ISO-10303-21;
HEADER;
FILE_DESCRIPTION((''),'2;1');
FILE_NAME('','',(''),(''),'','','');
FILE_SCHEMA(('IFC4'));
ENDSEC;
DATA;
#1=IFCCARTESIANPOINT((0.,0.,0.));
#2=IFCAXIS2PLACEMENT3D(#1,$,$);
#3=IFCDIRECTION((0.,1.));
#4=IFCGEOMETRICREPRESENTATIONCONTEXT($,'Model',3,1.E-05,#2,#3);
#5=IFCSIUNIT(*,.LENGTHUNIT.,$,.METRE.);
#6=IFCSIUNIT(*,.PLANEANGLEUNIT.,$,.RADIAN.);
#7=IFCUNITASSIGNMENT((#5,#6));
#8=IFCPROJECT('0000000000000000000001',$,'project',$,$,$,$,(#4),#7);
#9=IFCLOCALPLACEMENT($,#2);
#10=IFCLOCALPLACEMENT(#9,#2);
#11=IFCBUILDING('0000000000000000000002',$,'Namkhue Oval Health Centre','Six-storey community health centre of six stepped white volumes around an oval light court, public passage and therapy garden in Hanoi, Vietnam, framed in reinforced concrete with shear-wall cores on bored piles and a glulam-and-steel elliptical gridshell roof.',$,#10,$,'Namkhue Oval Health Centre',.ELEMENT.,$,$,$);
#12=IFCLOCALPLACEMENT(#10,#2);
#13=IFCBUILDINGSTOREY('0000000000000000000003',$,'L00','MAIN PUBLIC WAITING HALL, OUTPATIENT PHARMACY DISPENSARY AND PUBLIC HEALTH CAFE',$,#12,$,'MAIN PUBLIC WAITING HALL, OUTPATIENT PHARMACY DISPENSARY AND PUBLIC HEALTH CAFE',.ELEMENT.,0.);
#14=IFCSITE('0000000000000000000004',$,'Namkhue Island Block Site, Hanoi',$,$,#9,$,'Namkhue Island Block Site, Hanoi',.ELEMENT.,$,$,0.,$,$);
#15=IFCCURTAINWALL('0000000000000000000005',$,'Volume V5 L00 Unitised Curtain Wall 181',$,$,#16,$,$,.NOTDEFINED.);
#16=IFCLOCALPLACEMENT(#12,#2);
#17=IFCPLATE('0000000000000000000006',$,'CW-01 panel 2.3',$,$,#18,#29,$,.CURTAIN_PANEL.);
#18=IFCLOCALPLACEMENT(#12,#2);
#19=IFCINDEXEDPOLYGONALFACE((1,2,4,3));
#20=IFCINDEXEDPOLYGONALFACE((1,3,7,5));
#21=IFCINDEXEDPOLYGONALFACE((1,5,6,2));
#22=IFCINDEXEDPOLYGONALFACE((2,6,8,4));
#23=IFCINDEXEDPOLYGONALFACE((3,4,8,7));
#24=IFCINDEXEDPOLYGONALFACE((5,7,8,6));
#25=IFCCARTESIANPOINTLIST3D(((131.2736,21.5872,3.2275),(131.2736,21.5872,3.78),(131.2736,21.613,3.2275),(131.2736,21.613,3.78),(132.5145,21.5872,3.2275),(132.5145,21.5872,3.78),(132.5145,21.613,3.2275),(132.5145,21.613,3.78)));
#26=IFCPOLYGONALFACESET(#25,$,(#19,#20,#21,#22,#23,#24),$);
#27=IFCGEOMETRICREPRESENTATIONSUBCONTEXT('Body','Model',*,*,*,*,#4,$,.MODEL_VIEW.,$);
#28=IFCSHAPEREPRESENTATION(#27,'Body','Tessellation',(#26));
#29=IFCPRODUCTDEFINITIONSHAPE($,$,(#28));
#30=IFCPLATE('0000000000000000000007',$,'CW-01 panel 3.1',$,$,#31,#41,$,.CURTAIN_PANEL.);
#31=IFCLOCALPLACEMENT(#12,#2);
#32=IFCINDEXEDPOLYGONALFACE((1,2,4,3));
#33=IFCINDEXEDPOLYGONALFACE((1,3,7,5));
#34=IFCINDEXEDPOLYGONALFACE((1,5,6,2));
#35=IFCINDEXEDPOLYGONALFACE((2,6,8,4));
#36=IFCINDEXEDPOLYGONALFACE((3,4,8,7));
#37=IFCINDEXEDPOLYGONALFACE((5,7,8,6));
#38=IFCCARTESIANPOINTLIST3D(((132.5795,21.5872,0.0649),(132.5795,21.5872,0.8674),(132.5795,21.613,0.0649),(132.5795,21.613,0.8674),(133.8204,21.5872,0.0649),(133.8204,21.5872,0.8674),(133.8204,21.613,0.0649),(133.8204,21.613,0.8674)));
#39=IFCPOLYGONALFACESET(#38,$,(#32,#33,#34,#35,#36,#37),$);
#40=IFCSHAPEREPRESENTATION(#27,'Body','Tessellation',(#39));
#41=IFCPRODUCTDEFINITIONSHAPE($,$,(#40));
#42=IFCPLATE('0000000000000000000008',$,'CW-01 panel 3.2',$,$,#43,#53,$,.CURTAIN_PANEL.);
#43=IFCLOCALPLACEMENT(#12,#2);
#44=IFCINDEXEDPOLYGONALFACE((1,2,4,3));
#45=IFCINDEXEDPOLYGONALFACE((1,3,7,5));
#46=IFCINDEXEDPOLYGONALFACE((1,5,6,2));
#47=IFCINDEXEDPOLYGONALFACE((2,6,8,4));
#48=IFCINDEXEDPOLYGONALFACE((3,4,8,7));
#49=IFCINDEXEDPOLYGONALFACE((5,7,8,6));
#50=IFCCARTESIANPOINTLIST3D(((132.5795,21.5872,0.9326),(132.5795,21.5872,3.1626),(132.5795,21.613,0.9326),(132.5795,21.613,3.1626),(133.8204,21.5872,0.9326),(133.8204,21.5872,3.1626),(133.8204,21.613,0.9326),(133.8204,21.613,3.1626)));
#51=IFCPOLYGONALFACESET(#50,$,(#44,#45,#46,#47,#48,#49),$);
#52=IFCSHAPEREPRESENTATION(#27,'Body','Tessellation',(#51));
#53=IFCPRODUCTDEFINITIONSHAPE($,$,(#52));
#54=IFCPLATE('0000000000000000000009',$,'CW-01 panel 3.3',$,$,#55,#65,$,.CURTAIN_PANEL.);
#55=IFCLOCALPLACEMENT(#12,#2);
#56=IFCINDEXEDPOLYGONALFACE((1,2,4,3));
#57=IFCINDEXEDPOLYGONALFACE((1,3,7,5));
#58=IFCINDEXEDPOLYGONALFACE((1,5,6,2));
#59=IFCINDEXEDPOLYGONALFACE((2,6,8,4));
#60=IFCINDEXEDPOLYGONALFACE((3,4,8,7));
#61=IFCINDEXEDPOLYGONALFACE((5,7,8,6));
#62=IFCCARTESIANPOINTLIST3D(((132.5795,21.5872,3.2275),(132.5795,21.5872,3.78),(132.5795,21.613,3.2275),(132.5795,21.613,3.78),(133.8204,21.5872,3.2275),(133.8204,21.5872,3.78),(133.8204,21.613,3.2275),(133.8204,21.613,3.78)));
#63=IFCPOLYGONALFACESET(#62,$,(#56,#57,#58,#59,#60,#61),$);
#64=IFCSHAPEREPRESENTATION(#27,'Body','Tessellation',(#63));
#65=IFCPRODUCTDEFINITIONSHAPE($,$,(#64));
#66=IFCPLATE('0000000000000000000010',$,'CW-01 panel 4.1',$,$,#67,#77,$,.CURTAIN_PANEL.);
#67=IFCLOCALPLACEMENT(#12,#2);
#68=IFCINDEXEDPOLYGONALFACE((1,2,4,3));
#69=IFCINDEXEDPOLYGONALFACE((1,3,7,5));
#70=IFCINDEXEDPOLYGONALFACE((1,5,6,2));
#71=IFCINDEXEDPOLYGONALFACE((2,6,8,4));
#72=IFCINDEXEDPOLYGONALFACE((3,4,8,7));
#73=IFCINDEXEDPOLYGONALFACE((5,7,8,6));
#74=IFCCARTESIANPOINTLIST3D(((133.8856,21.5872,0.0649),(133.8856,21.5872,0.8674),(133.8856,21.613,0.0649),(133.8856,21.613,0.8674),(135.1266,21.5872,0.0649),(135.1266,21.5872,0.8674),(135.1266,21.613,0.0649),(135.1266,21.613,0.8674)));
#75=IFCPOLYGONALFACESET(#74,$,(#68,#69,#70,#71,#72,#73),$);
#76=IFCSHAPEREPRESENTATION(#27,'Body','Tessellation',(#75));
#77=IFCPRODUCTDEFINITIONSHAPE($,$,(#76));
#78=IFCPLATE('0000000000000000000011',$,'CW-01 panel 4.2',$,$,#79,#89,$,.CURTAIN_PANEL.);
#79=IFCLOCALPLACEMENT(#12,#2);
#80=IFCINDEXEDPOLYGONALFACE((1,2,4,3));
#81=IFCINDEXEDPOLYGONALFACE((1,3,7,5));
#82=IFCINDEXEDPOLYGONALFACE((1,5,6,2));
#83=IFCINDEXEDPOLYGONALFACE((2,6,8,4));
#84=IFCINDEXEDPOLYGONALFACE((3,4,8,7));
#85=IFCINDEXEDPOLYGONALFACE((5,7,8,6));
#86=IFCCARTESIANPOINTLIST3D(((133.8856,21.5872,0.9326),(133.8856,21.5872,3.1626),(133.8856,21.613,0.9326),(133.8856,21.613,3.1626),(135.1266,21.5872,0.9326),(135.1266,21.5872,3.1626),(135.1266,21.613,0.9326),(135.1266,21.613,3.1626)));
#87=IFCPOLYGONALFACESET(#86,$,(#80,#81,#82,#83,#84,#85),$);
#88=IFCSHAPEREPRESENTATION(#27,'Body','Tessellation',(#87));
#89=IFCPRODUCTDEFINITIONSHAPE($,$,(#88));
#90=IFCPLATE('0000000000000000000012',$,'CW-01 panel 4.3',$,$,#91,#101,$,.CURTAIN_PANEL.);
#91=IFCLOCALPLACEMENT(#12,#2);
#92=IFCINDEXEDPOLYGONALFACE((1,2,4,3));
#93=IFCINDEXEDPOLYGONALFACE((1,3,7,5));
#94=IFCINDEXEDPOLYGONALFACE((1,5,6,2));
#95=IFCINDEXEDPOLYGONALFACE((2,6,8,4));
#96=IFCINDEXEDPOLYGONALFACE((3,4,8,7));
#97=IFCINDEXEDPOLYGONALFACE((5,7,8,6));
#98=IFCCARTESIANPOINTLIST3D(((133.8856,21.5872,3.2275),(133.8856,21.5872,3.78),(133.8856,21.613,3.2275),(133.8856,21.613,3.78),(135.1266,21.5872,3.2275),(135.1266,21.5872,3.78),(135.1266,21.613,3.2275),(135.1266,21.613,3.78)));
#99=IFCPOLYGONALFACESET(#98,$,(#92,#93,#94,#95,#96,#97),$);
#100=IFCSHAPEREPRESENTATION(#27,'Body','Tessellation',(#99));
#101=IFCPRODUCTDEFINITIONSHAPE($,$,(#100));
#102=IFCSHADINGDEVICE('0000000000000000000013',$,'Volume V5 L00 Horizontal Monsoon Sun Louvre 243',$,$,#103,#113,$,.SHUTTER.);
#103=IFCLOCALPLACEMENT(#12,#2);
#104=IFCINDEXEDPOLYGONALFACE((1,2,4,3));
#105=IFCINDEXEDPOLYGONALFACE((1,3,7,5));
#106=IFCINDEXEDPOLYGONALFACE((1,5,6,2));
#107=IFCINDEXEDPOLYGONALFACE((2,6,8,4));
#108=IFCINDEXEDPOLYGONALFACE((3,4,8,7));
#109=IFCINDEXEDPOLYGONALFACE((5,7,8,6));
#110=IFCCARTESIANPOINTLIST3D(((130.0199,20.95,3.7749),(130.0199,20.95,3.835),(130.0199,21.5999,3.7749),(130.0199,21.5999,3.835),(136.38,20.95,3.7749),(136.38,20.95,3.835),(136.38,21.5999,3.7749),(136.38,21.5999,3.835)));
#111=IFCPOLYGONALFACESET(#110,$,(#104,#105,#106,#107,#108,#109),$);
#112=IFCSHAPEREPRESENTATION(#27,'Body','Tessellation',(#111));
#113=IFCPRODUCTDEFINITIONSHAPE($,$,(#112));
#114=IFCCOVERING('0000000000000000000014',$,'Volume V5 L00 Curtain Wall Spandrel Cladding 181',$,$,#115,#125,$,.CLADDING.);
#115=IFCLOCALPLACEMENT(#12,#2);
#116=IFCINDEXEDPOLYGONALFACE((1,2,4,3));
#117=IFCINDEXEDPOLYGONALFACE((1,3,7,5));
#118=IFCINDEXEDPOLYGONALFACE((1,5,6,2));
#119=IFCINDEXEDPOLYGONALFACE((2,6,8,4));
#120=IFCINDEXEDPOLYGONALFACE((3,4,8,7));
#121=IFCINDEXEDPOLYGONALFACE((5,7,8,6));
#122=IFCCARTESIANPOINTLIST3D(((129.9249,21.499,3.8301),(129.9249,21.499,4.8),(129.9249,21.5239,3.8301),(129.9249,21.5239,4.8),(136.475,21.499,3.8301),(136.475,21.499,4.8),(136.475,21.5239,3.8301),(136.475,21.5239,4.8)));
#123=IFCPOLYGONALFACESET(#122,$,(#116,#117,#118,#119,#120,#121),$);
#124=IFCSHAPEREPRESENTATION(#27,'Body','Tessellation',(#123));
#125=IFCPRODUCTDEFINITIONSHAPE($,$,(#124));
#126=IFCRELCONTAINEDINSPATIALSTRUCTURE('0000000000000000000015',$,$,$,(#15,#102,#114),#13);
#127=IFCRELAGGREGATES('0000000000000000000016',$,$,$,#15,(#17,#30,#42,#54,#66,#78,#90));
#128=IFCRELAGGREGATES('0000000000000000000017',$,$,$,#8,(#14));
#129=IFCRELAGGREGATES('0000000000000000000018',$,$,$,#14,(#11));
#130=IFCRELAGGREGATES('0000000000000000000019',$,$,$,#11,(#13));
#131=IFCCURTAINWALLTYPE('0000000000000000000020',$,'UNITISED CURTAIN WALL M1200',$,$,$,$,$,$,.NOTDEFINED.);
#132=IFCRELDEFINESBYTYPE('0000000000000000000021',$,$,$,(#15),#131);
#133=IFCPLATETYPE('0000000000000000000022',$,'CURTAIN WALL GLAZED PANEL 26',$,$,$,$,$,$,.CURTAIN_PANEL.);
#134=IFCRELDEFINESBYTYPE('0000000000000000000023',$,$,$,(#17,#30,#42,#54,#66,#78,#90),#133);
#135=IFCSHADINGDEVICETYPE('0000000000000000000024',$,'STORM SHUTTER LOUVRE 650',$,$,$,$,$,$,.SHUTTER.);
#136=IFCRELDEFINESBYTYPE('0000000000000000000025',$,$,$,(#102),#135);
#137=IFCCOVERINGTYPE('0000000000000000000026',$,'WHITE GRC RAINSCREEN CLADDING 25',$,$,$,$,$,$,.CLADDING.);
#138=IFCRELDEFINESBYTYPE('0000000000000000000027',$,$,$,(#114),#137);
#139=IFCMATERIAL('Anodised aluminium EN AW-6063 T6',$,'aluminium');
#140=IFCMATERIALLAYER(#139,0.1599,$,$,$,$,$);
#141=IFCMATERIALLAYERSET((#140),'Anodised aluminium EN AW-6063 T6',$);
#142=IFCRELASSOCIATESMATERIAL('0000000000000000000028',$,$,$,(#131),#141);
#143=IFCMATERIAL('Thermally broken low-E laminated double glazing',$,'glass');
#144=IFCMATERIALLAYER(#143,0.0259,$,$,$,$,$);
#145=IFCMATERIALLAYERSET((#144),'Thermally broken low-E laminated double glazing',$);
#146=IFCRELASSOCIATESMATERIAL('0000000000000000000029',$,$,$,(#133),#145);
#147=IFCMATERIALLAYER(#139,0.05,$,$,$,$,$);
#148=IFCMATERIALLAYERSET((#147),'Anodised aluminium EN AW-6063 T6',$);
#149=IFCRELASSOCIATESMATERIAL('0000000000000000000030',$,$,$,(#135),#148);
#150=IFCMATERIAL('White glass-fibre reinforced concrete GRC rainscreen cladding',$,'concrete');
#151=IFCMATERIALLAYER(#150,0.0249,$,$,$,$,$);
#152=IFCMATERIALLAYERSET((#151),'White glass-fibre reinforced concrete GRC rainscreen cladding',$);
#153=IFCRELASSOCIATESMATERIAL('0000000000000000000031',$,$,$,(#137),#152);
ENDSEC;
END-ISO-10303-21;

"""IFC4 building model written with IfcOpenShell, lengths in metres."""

from ifc_helpers import new_model, si_unit, direction, frame, origin, origin_2d, place, context, subcontext, project, spatial, rectangle, extrude, material, layer, layer_set, type_object, element, aggregate, save


model = new_model("IFC4")

# Units and contexts
model_context = context("Model", 3, precision=1e-05, world=origin(), true_north=direction((0.0, 1.0)))
body_context = subcontext(model_context, "Body", "Model", "MODEL_VIEW")
ifc_project = project(units=[si_unit("LENGTHUNIT", "METRE"), si_unit("PLANEANGLEUNIT", "RADIAN")], contexts=[model_context])

# Site, building, storey
site_placement = place(None, origin())
site = spatial("IfcSite", under=ifc_project, at=site_placement, Name="Namkhue Island Block Site, Hanoi", LongName="Namkhue Island Block Site, Hanoi", CompositionType="ELEMENT", RefElevation=0.0)
building_placement = place(site_placement, origin())
building = spatial("IfcBuilding", under=site, at=building_placement, Name="Namkhue Oval Health Centre", Description="Six-storey community health centre of six stepped white volumes around an oval light court, public passage and therapy garden in Hanoi, Vietnam, framed in reinforced concrete with shear-wall cores on bored piles and a glulam-and-steel elliptical gridshell roof.", LongName="Namkhue Oval Health Centre", CompositionType="ELEMENT")
storey_placement = place(building_placement, origin())
storey = spatial("IfcBuildingStorey", under=building, at=storey_placement, Name="L00", Description="MAIN PUBLIC WAITING HALL, OUTPATIENT PHARMACY DISPENSARY AND PUBLIC HEALTH CAFE", LongName="MAIN PUBLIC WAITING HALL, OUTPATIENT PHARMACY DISPENSARY AND PUBLIC HEALTH CAFE", CompositionType="ELEMENT", Elevation=0.0)

# Curtain wall, plates
ifc_material_1 = material(Name="Anodised aluminium EN AW-6063 T6", Category="aluminium")
ifc_layer_1 = layer(ifc_material_1, 0.1599)
ifc_layer_set_1 = layer_set([ifc_layer_1], Name="Anodised aluminium EN AW-6063 T6")
curtain_wall_type = type_object("IfcCurtainWallType", Name="UNITISED CURTAIN WALL M1200", PredefinedType="NOTDEFINED", material=ifc_layer_set_1)
curtain_wall_placement = place(storey_placement, origin())
curtain_wall = element("IfcCurtainWall", 1, at=curtain_wall_placement, inside=storey, type_object=curtain_wall_type, Name="Volume V5 L00 Unitised Curtain Wall 181", PredefinedType="NOTDEFINED")
ifc_material_2 = material(Name="Thermally broken low-E laminated double glazing", Category="glass")
ifc_layer_2 = layer(ifc_material_2, 0.0259)
ifc_layer_set_2 = layer_set([ifc_layer_2], Name="Thermally broken low-E laminated double glazing")
plate_type = type_object("IfcPlateType", Name="CURTAIN WALL GLAZED PANEL 26", PredefinedType="CURTAIN_PANEL", material=ifc_layer_set_2)
plate_1_placement = place(storey_placement, frame((131.894, 21.6001, 3.2275), z_axis=(0.0, 0.0, 1.0), x_axis=(1.0, 0.0, 0.0)))
plate_1 = element("IfcPlate", 2, at=plate_1_placement, type_object=plate_type, Name="CW-01 panel 2.3", PredefinedType="CURTAIN_PANEL", context=body_context, shape_type="SweptSolid", body=[
    extrude(rectangle(XDim=1.241, YDim=0.0259, at=origin_2d()), origin(), (0.0, 0.0, 1.0), 0.5525),
])
plate_2_placement = place(storey_placement, frame((133.2, 21.6001, 0.0649), z_axis=(0.0, 0.0, 1.0), x_axis=(1.0, 0.0, 0.0)))
plate_2 = element("IfcPlate", 3, at=plate_2_placement, type_object=plate_type, Name="CW-01 panel 3.1", PredefinedType="CURTAIN_PANEL", context=body_context, shape_type="SweptSolid", body=[
    extrude(rectangle(XDim=1.241, YDim=0.0259, at=origin_2d()), origin(), (0.0, 0.0, 1.0), 0.8025),
])
plate_3_placement = place(storey_placement, frame((133.2, 21.6001, 0.9326), z_axis=(0.0, 0.0, 1.0), x_axis=(1.0, 0.0, 0.0)))
plate_3 = element("IfcPlate", 4, at=plate_3_placement, type_object=plate_type, Name="CW-01 panel 3.2", PredefinedType="CURTAIN_PANEL", context=body_context, shape_type="SweptSolid", body=[
    extrude(rectangle(XDim=1.241, YDim=0.0259, at=origin_2d()), origin(), (0.0, 0.0, 1.0), 2.23),
])
plate_4_placement = place(storey_placement, frame((133.2, 21.6001, 3.2275), z_axis=(0.0, 0.0, 1.0), x_axis=(1.0, 0.0, 0.0)))
plate_4 = element("IfcPlate", 5, at=plate_4_placement, type_object=plate_type, Name="CW-01 panel 3.3", PredefinedType="CURTAIN_PANEL", context=body_context, shape_type="SweptSolid", body=[
    extrude(rectangle(XDim=1.241, YDim=0.0259, at=origin_2d()), origin(), (0.0, 0.0, 1.0), 0.5525),
])
plate_5_placement = place(storey_placement, frame((134.5061, 21.6001, 0.0649), z_axis=(0.0, 0.0, 1.0), x_axis=(1.0, 0.0, 0.0)))
plate_5 = element("IfcPlate", 6, at=plate_5_placement, type_object=plate_type, Name="CW-01 panel 4.1", PredefinedType="CURTAIN_PANEL", context=body_context, shape_type="SweptSolid", body=[
    extrude(rectangle(XDim=1.241, YDim=0.0259, at=origin_2d()), origin(), (0.0, 0.0, 1.0), 0.8025),
])
plate_6_placement = place(storey_placement, frame((134.5061, 21.6001, 0.9326), z_axis=(0.0, 0.0, 1.0), x_axis=(1.0, 0.0, 0.0)))
plate_6 = element("IfcPlate", 7, at=plate_6_placement, type_object=plate_type, Name="CW-01 panel 4.2", PredefinedType="CURTAIN_PANEL", context=body_context, shape_type="SweptSolid", body=[
    extrude(rectangle(XDim=1.241, YDim=0.0259, at=origin_2d()), origin(), (0.0, 0.0, 1.0), 2.23),
])
plate_7_placement = place(storey_placement, frame((134.5061, 21.6001, 3.2275), z_axis=(0.0, 0.0, 1.0), x_axis=(1.0, 0.0, 0.0)))
plate_7 = element("IfcPlate", 8, at=plate_7_placement, type_object=plate_type, Name="CW-01 panel 4.3", PredefinedType="CURTAIN_PANEL", context=body_context, shape_type="SweptSolid", body=[
    extrude(rectangle(XDim=1.241, YDim=0.0259, at=origin_2d()), origin(), (0.0, 0.0, 1.0), 0.5525),
])
aggregate(curtain_wall, [plate_1, plate_2, plate_3, plate_4, plate_5, plate_6, plate_7])

# Shading device
ifc_layer_3 = layer(ifc_material_1, 0.05)
ifc_layer_set_3 = layer_set([ifc_layer_3], Name="Anodised aluminium EN AW-6063 T6")
shading_device_type = type_object("IfcShadingDeviceType", Name="STORM SHUTTER LOUVRE 650", PredefinedType="SHUTTER", material=ifc_layer_set_3)
shading_device_placement = place(storey_placement, frame((133.2, 21.2749, 3.7749), z_axis=(0.0, 0.0, 1.0), x_axis=(1.0, 0.0, 0.0)))
element("IfcShadingDevice", 9, at=shading_device_placement, inside=storey, type_object=shading_device_type, Name="Volume V5 L00 Horizontal Monsoon Sun Louvre 243", PredefinedType="SHUTTER", context=body_context, shape_type="SweptSolid", body=[
    extrude(rectangle(XDim=6.3601, YDim=0.6499, at=origin_2d()), origin(), (0.0, 0.0, 1.0), 0.0601),
])

# Covering
ifc_material_3 = material(Name="White glass-fibre reinforced concrete GRC rainscreen cladding", Category="concrete")
ifc_layer_4 = layer(ifc_material_3, 0.0249)
ifc_layer_set_4 = layer_set([ifc_layer_4], Name="White glass-fibre reinforced concrete GRC rainscreen cladding")
covering_type = type_object("IfcCoveringType", Name="WHITE GRC RAINSCREEN CLADDING 25", PredefinedType="CLADDING", material=ifc_layer_set_4)
covering_placement = place(storey_placement, frame((133.2, 21.5115, 3.8301), z_axis=(0.0, 0.0, 1.0), x_axis=(1.0, 0.0, 0.0)))
element("IfcCovering", 10, at=covering_placement, inside=storey, type_object=covering_type, Name="Volume V5 L00 Curtain Wall Spandrel Cladding 181", PredefinedType="CLADDING", context=body_context, shape_type="SweptSolid", body=[
    extrude(rectangle(XDim=6.55, YDim=0.0249, at=origin_2d()), origin(), (0.0, 0.0, 1.0), 0.97),
])

save(model, "model.ifc")
